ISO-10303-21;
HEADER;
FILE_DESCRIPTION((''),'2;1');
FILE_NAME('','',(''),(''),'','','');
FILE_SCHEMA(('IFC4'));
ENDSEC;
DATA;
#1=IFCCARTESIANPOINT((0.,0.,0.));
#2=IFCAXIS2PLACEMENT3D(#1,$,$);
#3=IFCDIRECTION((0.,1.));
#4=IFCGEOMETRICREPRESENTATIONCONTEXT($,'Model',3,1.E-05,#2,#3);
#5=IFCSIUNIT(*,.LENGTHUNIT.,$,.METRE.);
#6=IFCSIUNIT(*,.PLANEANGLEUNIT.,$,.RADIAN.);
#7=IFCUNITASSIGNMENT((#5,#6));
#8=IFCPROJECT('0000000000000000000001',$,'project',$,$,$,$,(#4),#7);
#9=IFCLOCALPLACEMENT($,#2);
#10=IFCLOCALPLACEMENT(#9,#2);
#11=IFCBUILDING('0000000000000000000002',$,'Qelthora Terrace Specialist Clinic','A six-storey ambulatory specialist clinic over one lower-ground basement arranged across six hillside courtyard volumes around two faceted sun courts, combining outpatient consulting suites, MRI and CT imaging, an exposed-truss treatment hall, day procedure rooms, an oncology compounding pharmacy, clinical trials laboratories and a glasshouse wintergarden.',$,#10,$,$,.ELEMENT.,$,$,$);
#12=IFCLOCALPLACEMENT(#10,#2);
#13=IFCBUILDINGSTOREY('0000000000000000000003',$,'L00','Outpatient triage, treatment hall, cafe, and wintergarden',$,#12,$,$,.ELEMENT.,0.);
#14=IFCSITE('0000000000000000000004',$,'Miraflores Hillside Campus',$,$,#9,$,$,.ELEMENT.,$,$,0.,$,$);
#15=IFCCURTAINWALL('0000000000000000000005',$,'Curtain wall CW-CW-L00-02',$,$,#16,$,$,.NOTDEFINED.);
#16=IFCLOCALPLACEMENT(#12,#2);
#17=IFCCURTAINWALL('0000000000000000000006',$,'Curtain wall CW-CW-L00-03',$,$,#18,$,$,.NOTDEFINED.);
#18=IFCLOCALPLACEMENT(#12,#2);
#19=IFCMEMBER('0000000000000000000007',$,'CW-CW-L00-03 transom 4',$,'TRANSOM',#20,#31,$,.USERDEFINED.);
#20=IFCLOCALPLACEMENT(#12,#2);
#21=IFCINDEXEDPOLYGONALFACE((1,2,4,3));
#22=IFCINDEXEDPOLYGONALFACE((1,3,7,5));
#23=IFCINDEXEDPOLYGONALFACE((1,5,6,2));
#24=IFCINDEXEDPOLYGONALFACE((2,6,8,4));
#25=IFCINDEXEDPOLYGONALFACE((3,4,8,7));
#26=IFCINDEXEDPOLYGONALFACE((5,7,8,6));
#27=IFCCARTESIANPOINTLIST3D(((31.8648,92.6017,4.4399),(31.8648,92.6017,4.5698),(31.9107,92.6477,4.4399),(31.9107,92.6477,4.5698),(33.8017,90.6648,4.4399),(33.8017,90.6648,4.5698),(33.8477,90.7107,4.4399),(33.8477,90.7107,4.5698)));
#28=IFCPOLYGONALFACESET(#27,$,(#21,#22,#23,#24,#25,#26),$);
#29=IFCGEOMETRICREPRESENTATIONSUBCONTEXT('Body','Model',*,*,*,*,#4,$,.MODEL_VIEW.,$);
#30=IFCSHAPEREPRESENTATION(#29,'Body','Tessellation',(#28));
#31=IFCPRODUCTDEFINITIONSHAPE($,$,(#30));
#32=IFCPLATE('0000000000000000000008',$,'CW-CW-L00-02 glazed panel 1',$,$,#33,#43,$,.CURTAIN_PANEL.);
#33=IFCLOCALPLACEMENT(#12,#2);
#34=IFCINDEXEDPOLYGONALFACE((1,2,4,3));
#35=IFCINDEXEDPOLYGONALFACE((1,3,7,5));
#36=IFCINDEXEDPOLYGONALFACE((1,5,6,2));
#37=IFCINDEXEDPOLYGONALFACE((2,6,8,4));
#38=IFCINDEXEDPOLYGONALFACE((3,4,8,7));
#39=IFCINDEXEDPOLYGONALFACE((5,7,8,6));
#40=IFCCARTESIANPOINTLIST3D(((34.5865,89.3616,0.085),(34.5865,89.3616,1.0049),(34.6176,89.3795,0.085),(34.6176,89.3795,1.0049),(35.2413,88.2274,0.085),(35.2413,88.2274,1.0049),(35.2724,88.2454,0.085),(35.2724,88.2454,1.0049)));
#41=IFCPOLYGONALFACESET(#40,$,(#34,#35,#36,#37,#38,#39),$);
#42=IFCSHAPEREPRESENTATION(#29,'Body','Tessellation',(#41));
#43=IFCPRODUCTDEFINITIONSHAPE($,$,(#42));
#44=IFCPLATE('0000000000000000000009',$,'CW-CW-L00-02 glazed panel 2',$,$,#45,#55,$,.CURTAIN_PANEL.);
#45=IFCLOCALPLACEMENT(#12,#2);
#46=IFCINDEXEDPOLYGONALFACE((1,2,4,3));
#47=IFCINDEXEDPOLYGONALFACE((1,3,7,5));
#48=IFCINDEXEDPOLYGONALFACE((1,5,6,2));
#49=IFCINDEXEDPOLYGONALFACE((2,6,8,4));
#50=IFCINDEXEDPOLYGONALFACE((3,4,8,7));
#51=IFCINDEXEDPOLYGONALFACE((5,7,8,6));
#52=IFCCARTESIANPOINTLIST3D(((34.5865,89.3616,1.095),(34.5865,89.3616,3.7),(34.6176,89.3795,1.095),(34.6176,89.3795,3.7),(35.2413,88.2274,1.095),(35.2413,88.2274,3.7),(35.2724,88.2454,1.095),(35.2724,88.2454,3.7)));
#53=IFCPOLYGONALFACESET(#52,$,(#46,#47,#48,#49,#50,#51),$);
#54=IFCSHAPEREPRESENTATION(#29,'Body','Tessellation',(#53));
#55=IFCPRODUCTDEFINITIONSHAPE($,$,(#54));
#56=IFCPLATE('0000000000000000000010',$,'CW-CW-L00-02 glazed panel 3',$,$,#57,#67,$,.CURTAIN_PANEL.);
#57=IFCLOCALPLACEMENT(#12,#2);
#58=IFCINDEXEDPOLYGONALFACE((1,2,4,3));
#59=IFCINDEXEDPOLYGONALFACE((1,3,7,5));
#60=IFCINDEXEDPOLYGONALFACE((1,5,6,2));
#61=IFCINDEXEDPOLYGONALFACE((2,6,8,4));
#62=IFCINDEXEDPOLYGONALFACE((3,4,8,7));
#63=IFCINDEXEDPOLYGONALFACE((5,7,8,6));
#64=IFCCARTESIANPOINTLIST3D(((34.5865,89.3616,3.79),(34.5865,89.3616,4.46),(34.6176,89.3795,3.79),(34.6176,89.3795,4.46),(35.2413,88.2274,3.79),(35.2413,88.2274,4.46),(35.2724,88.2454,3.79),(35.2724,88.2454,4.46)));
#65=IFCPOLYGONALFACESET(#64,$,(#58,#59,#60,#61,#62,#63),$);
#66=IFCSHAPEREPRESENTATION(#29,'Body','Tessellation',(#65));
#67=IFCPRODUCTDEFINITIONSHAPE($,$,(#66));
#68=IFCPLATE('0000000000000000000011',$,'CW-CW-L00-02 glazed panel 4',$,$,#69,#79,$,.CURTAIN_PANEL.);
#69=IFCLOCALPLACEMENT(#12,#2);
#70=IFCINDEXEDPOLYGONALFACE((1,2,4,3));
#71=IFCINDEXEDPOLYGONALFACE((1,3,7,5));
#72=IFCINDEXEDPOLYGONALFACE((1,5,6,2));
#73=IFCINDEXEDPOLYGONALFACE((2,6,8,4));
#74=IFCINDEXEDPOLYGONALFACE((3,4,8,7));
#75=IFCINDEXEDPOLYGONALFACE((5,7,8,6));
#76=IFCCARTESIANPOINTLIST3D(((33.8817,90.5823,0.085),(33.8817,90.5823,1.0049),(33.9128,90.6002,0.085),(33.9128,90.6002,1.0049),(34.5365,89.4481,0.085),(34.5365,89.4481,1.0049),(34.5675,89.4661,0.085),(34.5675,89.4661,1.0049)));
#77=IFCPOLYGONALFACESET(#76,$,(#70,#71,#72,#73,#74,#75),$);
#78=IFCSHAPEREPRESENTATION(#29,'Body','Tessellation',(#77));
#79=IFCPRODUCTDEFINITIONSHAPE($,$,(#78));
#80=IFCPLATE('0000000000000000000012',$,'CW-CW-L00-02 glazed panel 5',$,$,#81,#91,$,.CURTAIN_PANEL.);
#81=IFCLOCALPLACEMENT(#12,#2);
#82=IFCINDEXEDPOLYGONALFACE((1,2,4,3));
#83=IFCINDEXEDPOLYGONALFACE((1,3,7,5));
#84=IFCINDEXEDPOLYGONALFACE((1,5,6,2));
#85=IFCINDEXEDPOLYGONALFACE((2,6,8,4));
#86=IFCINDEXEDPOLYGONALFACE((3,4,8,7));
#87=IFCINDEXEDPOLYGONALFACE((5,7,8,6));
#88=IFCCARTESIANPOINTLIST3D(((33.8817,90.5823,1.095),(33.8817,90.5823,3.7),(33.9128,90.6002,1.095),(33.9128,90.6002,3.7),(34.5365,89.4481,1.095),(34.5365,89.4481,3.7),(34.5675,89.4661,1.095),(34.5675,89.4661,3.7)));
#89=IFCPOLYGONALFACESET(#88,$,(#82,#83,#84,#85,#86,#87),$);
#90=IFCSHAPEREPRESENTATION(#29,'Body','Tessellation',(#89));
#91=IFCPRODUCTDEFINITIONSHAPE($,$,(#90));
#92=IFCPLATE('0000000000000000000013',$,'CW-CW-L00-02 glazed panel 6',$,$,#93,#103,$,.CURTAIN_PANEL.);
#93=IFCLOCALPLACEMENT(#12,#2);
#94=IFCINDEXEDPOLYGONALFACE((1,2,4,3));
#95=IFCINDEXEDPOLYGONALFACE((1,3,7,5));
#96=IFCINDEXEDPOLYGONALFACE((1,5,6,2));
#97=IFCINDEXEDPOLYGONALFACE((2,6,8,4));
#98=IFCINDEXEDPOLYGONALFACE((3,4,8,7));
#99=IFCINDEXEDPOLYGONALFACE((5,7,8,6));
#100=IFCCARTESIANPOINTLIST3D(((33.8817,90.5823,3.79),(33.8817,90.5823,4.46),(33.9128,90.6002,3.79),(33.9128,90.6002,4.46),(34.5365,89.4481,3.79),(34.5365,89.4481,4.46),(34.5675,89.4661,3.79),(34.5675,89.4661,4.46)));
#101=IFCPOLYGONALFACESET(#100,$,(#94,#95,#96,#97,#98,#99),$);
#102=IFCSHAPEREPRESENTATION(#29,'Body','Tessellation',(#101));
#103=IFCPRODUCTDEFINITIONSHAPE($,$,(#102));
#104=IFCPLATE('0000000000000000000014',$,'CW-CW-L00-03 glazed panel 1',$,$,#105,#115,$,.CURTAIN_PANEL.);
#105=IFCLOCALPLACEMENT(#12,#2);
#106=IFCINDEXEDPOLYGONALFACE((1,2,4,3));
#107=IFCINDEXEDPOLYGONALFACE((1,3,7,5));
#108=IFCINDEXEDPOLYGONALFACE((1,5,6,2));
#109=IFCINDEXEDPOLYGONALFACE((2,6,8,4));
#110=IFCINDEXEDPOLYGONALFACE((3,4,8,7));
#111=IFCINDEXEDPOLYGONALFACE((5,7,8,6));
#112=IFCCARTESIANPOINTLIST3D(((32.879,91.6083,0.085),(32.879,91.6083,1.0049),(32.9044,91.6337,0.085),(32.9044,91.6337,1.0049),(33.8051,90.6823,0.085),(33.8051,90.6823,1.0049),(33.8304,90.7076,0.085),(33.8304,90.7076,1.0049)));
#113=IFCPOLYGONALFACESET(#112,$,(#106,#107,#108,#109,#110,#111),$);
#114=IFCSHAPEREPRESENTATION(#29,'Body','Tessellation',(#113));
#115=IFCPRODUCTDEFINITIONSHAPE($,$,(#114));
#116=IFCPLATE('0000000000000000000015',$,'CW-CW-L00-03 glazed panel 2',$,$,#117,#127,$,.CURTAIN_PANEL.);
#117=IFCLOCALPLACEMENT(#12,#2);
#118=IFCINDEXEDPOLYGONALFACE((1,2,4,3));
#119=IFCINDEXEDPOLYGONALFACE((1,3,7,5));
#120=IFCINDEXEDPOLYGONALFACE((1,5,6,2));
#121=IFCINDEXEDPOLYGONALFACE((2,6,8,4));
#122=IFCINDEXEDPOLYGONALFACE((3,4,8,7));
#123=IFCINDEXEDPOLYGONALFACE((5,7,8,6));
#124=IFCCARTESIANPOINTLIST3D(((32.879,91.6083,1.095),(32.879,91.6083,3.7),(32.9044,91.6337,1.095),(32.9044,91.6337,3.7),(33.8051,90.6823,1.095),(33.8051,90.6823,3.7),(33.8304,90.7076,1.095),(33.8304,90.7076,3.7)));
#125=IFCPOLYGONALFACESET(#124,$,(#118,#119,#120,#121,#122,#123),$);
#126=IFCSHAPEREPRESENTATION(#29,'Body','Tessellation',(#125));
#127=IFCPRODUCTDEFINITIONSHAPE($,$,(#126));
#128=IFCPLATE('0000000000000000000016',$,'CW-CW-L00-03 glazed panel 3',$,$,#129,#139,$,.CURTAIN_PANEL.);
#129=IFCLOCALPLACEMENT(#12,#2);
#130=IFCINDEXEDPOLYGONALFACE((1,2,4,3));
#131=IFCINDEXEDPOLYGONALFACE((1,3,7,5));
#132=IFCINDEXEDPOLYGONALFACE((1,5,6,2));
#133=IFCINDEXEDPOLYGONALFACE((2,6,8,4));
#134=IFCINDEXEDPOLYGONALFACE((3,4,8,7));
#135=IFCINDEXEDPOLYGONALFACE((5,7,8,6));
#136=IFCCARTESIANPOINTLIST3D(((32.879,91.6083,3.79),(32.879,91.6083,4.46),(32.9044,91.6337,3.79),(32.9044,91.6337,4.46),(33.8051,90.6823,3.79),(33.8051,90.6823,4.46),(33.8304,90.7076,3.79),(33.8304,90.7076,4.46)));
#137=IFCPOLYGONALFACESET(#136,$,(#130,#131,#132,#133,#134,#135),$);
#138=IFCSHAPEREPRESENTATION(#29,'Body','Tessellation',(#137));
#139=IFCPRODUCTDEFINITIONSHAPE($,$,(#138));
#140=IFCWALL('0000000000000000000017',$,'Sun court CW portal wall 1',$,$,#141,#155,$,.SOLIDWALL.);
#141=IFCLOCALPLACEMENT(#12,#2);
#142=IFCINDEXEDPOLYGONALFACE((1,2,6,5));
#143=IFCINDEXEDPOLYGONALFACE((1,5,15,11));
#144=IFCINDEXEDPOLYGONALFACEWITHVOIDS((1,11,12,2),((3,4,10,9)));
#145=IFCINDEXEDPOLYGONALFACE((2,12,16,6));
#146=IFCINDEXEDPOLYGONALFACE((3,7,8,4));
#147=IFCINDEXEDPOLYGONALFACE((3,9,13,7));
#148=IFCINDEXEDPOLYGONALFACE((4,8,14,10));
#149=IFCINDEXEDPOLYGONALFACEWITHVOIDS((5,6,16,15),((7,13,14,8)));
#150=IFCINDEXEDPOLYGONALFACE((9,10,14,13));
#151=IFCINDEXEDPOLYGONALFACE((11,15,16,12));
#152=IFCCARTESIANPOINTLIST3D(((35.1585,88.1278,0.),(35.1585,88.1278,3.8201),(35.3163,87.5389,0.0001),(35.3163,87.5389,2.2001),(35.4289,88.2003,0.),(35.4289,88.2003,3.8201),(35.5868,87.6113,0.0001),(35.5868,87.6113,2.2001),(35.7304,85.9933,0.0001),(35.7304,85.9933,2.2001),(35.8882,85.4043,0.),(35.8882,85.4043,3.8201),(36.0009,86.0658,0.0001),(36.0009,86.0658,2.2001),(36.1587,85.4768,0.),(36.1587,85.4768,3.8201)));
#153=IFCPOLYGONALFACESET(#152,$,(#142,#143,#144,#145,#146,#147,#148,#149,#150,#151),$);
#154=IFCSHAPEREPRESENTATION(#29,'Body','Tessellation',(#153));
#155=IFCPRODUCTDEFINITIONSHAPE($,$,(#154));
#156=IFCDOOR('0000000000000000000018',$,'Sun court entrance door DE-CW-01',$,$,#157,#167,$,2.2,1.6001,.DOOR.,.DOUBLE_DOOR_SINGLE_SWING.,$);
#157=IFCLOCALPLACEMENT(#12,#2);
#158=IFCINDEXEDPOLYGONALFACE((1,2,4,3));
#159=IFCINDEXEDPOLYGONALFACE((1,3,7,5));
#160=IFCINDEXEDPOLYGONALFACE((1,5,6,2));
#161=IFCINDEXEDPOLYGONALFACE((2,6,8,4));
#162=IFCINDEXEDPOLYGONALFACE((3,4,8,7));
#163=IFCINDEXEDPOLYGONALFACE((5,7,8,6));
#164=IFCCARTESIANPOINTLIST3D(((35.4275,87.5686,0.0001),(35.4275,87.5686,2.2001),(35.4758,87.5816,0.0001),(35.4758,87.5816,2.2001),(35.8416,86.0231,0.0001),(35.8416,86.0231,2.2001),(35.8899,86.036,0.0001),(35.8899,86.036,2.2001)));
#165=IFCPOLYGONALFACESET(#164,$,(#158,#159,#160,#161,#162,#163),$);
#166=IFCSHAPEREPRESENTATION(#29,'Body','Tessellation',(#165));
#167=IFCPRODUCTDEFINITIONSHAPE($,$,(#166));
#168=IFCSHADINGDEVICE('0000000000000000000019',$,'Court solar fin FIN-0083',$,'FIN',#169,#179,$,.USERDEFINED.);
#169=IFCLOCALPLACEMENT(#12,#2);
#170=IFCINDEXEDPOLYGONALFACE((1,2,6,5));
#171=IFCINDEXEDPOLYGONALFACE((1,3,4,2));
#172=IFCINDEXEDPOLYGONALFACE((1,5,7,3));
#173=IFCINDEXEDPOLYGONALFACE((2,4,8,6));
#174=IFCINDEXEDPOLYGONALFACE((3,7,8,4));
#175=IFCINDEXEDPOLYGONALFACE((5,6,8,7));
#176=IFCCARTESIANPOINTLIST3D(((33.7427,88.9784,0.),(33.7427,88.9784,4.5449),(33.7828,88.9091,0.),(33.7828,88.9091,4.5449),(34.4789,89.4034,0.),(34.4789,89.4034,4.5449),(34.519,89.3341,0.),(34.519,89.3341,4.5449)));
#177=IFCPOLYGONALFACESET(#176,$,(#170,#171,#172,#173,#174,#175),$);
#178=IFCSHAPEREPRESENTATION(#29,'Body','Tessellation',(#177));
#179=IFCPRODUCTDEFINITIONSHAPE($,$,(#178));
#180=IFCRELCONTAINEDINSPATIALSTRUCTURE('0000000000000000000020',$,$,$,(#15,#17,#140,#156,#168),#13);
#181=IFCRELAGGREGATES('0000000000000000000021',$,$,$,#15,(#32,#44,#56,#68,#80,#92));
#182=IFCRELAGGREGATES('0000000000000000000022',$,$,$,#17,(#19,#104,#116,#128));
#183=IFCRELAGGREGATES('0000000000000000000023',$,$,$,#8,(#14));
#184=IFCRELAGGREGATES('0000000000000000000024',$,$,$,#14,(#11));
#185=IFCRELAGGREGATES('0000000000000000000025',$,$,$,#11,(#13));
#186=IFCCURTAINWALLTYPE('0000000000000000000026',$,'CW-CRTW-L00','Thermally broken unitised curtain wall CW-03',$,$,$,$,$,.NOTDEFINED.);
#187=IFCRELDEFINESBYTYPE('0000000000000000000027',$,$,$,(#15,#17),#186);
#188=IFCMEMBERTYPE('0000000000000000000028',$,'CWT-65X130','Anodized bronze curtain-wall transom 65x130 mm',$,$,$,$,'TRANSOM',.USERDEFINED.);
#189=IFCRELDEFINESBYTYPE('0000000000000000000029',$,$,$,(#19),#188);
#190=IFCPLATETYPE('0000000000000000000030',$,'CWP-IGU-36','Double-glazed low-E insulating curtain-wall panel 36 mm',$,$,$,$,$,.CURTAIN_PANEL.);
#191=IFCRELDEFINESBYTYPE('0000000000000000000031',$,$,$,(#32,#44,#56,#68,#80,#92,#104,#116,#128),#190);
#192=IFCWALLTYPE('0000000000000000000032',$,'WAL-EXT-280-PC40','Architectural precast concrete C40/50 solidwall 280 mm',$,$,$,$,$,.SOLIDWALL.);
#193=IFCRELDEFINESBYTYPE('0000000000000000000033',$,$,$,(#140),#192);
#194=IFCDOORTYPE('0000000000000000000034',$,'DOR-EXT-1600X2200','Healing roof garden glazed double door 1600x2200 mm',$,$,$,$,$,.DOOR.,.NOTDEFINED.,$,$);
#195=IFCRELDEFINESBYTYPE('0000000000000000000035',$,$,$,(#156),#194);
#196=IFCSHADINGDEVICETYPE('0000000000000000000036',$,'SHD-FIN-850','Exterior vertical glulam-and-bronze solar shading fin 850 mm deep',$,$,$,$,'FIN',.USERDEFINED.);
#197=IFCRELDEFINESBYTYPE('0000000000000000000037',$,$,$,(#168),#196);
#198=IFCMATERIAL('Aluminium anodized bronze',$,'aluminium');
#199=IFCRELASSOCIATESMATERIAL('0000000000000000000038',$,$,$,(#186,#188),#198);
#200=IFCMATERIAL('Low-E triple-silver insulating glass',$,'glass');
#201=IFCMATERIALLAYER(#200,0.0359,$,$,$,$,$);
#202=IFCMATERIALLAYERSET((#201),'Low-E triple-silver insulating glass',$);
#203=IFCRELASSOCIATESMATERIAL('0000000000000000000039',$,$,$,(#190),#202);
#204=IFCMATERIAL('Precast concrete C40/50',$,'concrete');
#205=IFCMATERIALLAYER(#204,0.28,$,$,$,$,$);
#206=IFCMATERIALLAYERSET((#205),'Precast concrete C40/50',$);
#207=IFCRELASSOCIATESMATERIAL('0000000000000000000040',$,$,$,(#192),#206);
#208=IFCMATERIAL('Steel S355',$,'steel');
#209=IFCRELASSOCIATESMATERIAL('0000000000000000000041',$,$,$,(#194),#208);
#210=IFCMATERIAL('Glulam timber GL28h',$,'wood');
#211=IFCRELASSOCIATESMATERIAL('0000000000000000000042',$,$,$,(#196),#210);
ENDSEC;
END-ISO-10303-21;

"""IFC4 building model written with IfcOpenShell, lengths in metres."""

from ifc_helpers import new_model, si_unit, direction, frame, frame_2d, origin, origin_2d, place, context, subcontext, project, spatial, rectangle, extrude, material, layer, layer_set, material_profile, profile_set, type_object, element, fill, aggregate, save


model = new_model("IFC4")

# Units and contexts
model_context = context("Model", 3, precision=1e-05, world=origin(), true_north=direction((0.0, 1.0)))
body_context = subcontext(model_context, "Body", "Model", "MODEL_VIEW")
ifc_project = project(units=[si_unit("LENGTHUNIT", "METRE"), si_unit("PLANEANGLEUNIT", "RADIAN")], contexts=[model_context])

# Site, building, storey
site_placement = place(None, origin())
site = spatial("IfcSite", under=ifc_project, at=site_placement, Name="Miraflores Hillside Campus", CompositionType="ELEMENT", RefElevation=0.0)
building_placement = place(site_placement, origin())
building = spatial("IfcBuilding", under=site, at=building_placement, Name="Qelthora Terrace Specialist Clinic", Description="A six-storey ambulatory specialist clinic over one lower-ground basement arranged across six hillside courtyard volumes around two faceted sun courts, combining outpatient consulting suites, MRI and CT imaging, an exposed-truss treatment hall, day procedure rooms, an oncology compounding pharmacy, clinical trials laboratories and a glasshouse wintergarden.", CompositionType="ELEMENT")
storey_placement = place(building_placement, origin())
storey = spatial("IfcBuildingStorey", under=building, at=storey_placement, Name="L00", Description="Outpatient triage, treatment hall, cafe, and wintergarden", CompositionType="ELEMENT", Elevation=0.0)

# Shared definitions
ifc_material_1 = material(Name="Steel S355", Category="steel")

# Curtain wall
ifc_material_2 = material(Name="Aluminium anodized bronze", Category="aluminium")
curtain_wall_type = type_object("IfcCurtainWallType", Name="CW-CRTW-L00", Description="Thermally broken unitised curtain wall CW-03", PredefinedType="NOTDEFINED", material=ifc_material_2)
curtain_wall_1_placement = place(storey_placement, origin())
curtain_wall_1 = element("IfcCurtainWall", 1, at=curtain_wall_1_placement, inside=storey, type_object=curtain_wall_type, Name="Curtain wall CW-CW-L00-02", PredefinedType="NOTDEFINED")

# Curtain wall
curtain_wall_2_placement = place(storey_placement, origin())
curtain_wall_2 = element("IfcCurtainWall", 2, at=curtain_wall_2_placement, inside=storey, type_object=curtain_wall_type, Name="Curtain wall CW-CW-L00-03", PredefinedType="NOTDEFINED")

# Member
ifc_material_profile_1 = material_profile(ifc_material_2, rectangle(XDim=0.0649, YDim=0.1299, at=origin_2d()), Name="CWT65X130")
ifc_profile_set_1 = profile_set([ifc_material_profile_1], Name="Aluminium anodized bronze")
member_type_1 = type_object("IfcMemberType", Name="CWT-65X130", Description="Anodized bronze curtain-wall transom 65x130 mm", ElementType="TRANSOM", PredefinedType="USERDEFINED", material=ifc_profile_set_1)
member_1_placement = place(storey_placement, frame((33.8247, 90.6877, 4.5049), z_axis=(-0.707107, 0.707107, 0.0), x_axis=(-0.707107, -0.707107, 0.0)))
member_1 = element("IfcMember", 3, at=member_1_placement, type_object=member_type_1, Name="CW-CW-L00-03 transom 4", ObjectType="TRANSOM", PredefinedType="USERDEFINED", context=body_context, shape_type="SweptSolid", body=[
    extrude(rectangle(XDim=0.0649, YDim=0.1299, at=origin_2d()), origin(), (0.0, 0.0, 1.0), 2.7393),
])

# Plates
ifc_material_3 = material(Name="Low-E triple-silver insulating glass", Category="glass")
ifc_layer_1 = layer(ifc_material_3, 0.0359)
ifc_layer_set_1 = layer_set([ifc_layer_1], Name="Low-E triple-silver insulating glass")
plate_type = type_object("IfcPlateType", Name="CWP-IGU-36", Description="Double-glazed low-E insulating curtain-wall panel 36 mm", PredefinedType="CURTAIN_PANEL", material=ifc_layer_set_1)
plate_1_placement = place(storey_placement, frame((34.9294, 88.8035, 0.085), z_axis=(0.0, 0.0, 1.0), x_axis=(-0.5, 0.866025, 0.0)))
plate_1 = element("IfcPlate", 4, at=plate_1_placement, type_object=plate_type, Name="CW-CW-L00-02 glazed panel 1", PredefinedType="CURTAIN_PANEL", context=body_context, shape_type="SweptSolid", body=[
    extrude(rectangle(XDim=1.3096, YDim=0.0359, at=origin_2d()), origin(), (0.0, 0.0, 1.0), 0.9199),
])
plate_2_placement = place(storey_placement, frame((34.9294, 88.8035, 1.095), z_axis=(0.0, 0.0, 1.0), x_axis=(-0.5, 0.866025, 0.0)))
plate_2 = element("IfcPlate", 5, at=plate_2_placement, type_object=plate_type, Name="CW-CW-L00-02 glazed panel 2", PredefinedType="CURTAIN_PANEL", context=body_context, shape_type="SweptSolid", body=[
    extrude(rectangle(XDim=1.3096, YDim=0.0359, at=origin_2d()), origin(), (0.0, 0.0, 1.0), 2.605),
])
plate_3_placement = place(storey_placement, frame((34.9294, 88.8035, 3.79), z_axis=(0.0, 0.0, 1.0), x_axis=(-0.5, 0.866025, 0.0)))
plate_3 = element("IfcPlate", 6, at=plate_3_placement, type_object=plate_type, Name="CW-CW-L00-02 glazed panel 3", PredefinedType="CURTAIN_PANEL", context=body_context, shape_type="SweptSolid", body=[
    extrude(rectangle(XDim=1.3096, YDim=0.0359, at=origin_2d()), origin(), (0.0, 0.0, 1.0), 0.6699),
])
plate_4_placement = place(storey_placement, frame((34.2246, 90.0242, 0.085), z_axis=(0.0, 0.0, 1.0), x_axis=(-0.5, 0.866025, 0.0)))
plate_4 = element("IfcPlate", 7, at=plate_4_placement, type_object=plate_type, Name="CW-CW-L00-02 glazed panel 4", PredefinedType="CURTAIN_PANEL", context=body_context, shape_type="SweptSolid", body=[
    extrude(rectangle(XDim=1.3096, YDim=0.0359, at=origin_2d()), origin(), (0.0, 0.0, 1.0), 0.9199),
])
plate_5_placement = place(storey_placement, frame((34.2246, 90.0242, 1.095), z_axis=(0.0, 0.0, 1.0), x_axis=(-0.5, 0.866025, 0.0)))
plate_5 = element("IfcPlate", 8, at=plate_5_placement, type_object=plate_type, Name="CW-CW-L00-02 glazed panel 5", PredefinedType="CURTAIN_PANEL", context=body_context, shape_type="SweptSolid", body=[
    extrude(rectangle(XDim=1.3096, YDim=0.0359, at=origin_2d()), origin(), (0.0, 0.0, 1.0), 2.605),
])
plate_6_placement = place(storey_placement, frame((34.2246, 90.0242, 3.79), z_axis=(0.0, 0.0, 1.0), x_axis=(-0.5, 0.866025, 0.0)))
plate_6 = element("IfcPlate", 9, at=plate_6_placement, type_object=plate_type, Name="CW-CW-L00-02 glazed panel 6", PredefinedType="CURTAIN_PANEL", context=body_context, shape_type="SweptSolid", body=[
    extrude(rectangle(XDim=1.3096, YDim=0.0359, at=origin_2d()), origin(), (0.0, 0.0, 1.0), 0.6699),
])
aggregate(curtain_wall_1, [plate_1, plate_2, plate_3, plate_4, plate_5, plate_6])
plate_7_placement = place(storey_placement, frame((33.3547, 91.158, 0.085), z_axis=(0.0, 0.0, 1.0), x_axis=(-0.707107, 0.707107, 0.0)))
plate_7 = element("IfcPlate", 10, at=plate_7_placement, type_object=plate_type, Name="CW-CW-L00-03 glazed panel 1", PredefinedType="CURTAIN_PANEL", context=body_context, shape_type="SweptSolid", body=[
    extrude(rectangle(XDim=1.3096, YDim=0.0359, at=origin_2d()), origin(), (0.0, 0.0, 1.0), 0.9199),
])
plate_8_placement = place(storey_placement, frame((33.3547, 91.158, 1.095), z_axis=(0.0, 0.0, 1.0), x_axis=(-0.707107, 0.707107, 0.0)))
plate_8 = element("IfcPlate", 11, at=plate_8_placement, type_object=plate_type, Name="CW-CW-L00-03 glazed panel 2", PredefinedType="CURTAIN_PANEL", context=body_context, shape_type="SweptSolid", body=[
    extrude(rectangle(XDim=1.3096, YDim=0.0359, at=origin_2d()), origin(), (0.0, 0.0, 1.0), 2.605),
])
plate_9_placement = place(storey_placement, frame((33.3547, 91.158, 3.79), z_axis=(0.0, 0.0, 1.0), x_axis=(-0.707107, 0.707107, 0.0)))
plate_9 = element("IfcPlate", 12, at=plate_9_placement, type_object=plate_type, Name="CW-CW-L00-03 glazed panel 3", PredefinedType="CURTAIN_PANEL", context=body_context, shape_type="SweptSolid", body=[
    extrude(rectangle(XDim=1.3096, YDim=0.0359, at=origin_2d()), origin(), (0.0, 0.0, 1.0), 0.6699),
])
aggregate(curtain_wall_2, [member_1, plate_7, plate_8, plate_9])

# Wall, opening, door
ifc_material_4 = material(Name="Precast concrete C40/50", Category="concrete")
ifc_layer_2 = layer(ifc_material_4, 0.28)
ifc_layer_set_2 = layer_set([ifc_layer_2], Name="Precast concrete C40/50")
wall_type = type_object("IfcWallType", Name="WAL-EXT-280-PC40", Description="Architectural precast concrete C40/50 solidwall 280 mm", PredefinedType="SOLIDWALL", material=ifc_layer_set_2)
wall_placement = place(storey_placement, frame((36.0234, 85.4407, 0.0), z_axis=(0.0, 0.0, 1.0), x_axis=(-0.258821, 0.965925, 0.0)))
wall = element("IfcWall", 13, at=wall_placement, inside=storey, type_object=wall_type, Name="Sun court CW portal wall 1", PredefinedType="SOLIDWALL", context=body_context, shape_type="SweptSolid", body=[
    extrude(rectangle(XDim=2.8196, YDim=0.28, at=frame_2d((1.4097, 0.0))), origin(), (0.0, 0.0, 1.0), 3.8201),
])
opening_placement = place(wall_placement, frame((0.6096, 0.0, 0.0)))
opening = element("IfcOpeningElement", 14, at=opening_placement, cuts=wall, PredefinedType="OPENING", context=body_context, shape_type="SweptSolid", body=[
    extrude(rectangle(XDim=1.6001, YDim=2.2, at=frame_2d((0.8, 1.1001))), frame((0.0, 0.1499, 0.0), z_axis=(0.0, -1.0, 0.0), x_axis=(1.0, 0.0, 0.0)), (0.0, 0.0, 1.0), 0.3),
])
door_type = type_object("IfcDoorType", Name="DOR-EXT-1600X2200", Description="Healing roof garden glazed double door 1600x2200 mm", OperationType="NOTDEFINED", PredefinedType="DOOR", material=ifc_material_1)
door_placement = place(opening_placement, origin())
door = element("IfcDoor", 15, at=door_placement, inside=storey, type_object=door_type, Name="Sun court entrance door DE-CW-01", OperationType="DOUBLE_DOOR_SINGLE_SWING", OverallHeight=2.2, OverallWidth=1.6001, PredefinedType="DOOR", context=body_context, shape_type="SweptSolid", body=[
    extrude(rectangle(XDim=1.6001, YDim=2.2, at=frame_2d((0.8, 1.1001))), frame((0.0, 0.0249, 0.0), z_axis=(0.0, -1.0, 0.0), x_axis=(1.0, 0.0, 0.0)), (0.0, 0.0, 1.0), 0.05),
])
fill(opening, door)

# Shading device
ifc_material_5 = material(Name="Glulam timber GL28h", Category="wood")
shading_device_type = type_object("IfcShadingDeviceType", Name="SHD-FIN-850", Description="Exterior vertical glulam-and-bronze solar shading fin 850 mm deep", ElementType="FIN", PredefinedType="USERDEFINED", material=ifc_material_5)
shading_device_placement = place(storey_placement, frame((34.1309, 89.1562, 0.0), z_axis=(0.0, 0.0, 1.0), x_axis=(-0.866025, -0.5, 0.0)))
element("IfcShadingDevice", 16, at=shading_device_placement, inside=storey, type_object=shading_device_type, Name="Court solar fin FIN-0083", ObjectType="FIN", PredefinedType="USERDEFINED", context=body_context, shape_type="SweptSolid", body=[
    extrude(rectangle(XDim=0.8501, YDim=0.0801, at=origin_2d()), origin(), (0.0, 0.0, 1.0), 4.5449),
])

save(model, "model.ifc")
